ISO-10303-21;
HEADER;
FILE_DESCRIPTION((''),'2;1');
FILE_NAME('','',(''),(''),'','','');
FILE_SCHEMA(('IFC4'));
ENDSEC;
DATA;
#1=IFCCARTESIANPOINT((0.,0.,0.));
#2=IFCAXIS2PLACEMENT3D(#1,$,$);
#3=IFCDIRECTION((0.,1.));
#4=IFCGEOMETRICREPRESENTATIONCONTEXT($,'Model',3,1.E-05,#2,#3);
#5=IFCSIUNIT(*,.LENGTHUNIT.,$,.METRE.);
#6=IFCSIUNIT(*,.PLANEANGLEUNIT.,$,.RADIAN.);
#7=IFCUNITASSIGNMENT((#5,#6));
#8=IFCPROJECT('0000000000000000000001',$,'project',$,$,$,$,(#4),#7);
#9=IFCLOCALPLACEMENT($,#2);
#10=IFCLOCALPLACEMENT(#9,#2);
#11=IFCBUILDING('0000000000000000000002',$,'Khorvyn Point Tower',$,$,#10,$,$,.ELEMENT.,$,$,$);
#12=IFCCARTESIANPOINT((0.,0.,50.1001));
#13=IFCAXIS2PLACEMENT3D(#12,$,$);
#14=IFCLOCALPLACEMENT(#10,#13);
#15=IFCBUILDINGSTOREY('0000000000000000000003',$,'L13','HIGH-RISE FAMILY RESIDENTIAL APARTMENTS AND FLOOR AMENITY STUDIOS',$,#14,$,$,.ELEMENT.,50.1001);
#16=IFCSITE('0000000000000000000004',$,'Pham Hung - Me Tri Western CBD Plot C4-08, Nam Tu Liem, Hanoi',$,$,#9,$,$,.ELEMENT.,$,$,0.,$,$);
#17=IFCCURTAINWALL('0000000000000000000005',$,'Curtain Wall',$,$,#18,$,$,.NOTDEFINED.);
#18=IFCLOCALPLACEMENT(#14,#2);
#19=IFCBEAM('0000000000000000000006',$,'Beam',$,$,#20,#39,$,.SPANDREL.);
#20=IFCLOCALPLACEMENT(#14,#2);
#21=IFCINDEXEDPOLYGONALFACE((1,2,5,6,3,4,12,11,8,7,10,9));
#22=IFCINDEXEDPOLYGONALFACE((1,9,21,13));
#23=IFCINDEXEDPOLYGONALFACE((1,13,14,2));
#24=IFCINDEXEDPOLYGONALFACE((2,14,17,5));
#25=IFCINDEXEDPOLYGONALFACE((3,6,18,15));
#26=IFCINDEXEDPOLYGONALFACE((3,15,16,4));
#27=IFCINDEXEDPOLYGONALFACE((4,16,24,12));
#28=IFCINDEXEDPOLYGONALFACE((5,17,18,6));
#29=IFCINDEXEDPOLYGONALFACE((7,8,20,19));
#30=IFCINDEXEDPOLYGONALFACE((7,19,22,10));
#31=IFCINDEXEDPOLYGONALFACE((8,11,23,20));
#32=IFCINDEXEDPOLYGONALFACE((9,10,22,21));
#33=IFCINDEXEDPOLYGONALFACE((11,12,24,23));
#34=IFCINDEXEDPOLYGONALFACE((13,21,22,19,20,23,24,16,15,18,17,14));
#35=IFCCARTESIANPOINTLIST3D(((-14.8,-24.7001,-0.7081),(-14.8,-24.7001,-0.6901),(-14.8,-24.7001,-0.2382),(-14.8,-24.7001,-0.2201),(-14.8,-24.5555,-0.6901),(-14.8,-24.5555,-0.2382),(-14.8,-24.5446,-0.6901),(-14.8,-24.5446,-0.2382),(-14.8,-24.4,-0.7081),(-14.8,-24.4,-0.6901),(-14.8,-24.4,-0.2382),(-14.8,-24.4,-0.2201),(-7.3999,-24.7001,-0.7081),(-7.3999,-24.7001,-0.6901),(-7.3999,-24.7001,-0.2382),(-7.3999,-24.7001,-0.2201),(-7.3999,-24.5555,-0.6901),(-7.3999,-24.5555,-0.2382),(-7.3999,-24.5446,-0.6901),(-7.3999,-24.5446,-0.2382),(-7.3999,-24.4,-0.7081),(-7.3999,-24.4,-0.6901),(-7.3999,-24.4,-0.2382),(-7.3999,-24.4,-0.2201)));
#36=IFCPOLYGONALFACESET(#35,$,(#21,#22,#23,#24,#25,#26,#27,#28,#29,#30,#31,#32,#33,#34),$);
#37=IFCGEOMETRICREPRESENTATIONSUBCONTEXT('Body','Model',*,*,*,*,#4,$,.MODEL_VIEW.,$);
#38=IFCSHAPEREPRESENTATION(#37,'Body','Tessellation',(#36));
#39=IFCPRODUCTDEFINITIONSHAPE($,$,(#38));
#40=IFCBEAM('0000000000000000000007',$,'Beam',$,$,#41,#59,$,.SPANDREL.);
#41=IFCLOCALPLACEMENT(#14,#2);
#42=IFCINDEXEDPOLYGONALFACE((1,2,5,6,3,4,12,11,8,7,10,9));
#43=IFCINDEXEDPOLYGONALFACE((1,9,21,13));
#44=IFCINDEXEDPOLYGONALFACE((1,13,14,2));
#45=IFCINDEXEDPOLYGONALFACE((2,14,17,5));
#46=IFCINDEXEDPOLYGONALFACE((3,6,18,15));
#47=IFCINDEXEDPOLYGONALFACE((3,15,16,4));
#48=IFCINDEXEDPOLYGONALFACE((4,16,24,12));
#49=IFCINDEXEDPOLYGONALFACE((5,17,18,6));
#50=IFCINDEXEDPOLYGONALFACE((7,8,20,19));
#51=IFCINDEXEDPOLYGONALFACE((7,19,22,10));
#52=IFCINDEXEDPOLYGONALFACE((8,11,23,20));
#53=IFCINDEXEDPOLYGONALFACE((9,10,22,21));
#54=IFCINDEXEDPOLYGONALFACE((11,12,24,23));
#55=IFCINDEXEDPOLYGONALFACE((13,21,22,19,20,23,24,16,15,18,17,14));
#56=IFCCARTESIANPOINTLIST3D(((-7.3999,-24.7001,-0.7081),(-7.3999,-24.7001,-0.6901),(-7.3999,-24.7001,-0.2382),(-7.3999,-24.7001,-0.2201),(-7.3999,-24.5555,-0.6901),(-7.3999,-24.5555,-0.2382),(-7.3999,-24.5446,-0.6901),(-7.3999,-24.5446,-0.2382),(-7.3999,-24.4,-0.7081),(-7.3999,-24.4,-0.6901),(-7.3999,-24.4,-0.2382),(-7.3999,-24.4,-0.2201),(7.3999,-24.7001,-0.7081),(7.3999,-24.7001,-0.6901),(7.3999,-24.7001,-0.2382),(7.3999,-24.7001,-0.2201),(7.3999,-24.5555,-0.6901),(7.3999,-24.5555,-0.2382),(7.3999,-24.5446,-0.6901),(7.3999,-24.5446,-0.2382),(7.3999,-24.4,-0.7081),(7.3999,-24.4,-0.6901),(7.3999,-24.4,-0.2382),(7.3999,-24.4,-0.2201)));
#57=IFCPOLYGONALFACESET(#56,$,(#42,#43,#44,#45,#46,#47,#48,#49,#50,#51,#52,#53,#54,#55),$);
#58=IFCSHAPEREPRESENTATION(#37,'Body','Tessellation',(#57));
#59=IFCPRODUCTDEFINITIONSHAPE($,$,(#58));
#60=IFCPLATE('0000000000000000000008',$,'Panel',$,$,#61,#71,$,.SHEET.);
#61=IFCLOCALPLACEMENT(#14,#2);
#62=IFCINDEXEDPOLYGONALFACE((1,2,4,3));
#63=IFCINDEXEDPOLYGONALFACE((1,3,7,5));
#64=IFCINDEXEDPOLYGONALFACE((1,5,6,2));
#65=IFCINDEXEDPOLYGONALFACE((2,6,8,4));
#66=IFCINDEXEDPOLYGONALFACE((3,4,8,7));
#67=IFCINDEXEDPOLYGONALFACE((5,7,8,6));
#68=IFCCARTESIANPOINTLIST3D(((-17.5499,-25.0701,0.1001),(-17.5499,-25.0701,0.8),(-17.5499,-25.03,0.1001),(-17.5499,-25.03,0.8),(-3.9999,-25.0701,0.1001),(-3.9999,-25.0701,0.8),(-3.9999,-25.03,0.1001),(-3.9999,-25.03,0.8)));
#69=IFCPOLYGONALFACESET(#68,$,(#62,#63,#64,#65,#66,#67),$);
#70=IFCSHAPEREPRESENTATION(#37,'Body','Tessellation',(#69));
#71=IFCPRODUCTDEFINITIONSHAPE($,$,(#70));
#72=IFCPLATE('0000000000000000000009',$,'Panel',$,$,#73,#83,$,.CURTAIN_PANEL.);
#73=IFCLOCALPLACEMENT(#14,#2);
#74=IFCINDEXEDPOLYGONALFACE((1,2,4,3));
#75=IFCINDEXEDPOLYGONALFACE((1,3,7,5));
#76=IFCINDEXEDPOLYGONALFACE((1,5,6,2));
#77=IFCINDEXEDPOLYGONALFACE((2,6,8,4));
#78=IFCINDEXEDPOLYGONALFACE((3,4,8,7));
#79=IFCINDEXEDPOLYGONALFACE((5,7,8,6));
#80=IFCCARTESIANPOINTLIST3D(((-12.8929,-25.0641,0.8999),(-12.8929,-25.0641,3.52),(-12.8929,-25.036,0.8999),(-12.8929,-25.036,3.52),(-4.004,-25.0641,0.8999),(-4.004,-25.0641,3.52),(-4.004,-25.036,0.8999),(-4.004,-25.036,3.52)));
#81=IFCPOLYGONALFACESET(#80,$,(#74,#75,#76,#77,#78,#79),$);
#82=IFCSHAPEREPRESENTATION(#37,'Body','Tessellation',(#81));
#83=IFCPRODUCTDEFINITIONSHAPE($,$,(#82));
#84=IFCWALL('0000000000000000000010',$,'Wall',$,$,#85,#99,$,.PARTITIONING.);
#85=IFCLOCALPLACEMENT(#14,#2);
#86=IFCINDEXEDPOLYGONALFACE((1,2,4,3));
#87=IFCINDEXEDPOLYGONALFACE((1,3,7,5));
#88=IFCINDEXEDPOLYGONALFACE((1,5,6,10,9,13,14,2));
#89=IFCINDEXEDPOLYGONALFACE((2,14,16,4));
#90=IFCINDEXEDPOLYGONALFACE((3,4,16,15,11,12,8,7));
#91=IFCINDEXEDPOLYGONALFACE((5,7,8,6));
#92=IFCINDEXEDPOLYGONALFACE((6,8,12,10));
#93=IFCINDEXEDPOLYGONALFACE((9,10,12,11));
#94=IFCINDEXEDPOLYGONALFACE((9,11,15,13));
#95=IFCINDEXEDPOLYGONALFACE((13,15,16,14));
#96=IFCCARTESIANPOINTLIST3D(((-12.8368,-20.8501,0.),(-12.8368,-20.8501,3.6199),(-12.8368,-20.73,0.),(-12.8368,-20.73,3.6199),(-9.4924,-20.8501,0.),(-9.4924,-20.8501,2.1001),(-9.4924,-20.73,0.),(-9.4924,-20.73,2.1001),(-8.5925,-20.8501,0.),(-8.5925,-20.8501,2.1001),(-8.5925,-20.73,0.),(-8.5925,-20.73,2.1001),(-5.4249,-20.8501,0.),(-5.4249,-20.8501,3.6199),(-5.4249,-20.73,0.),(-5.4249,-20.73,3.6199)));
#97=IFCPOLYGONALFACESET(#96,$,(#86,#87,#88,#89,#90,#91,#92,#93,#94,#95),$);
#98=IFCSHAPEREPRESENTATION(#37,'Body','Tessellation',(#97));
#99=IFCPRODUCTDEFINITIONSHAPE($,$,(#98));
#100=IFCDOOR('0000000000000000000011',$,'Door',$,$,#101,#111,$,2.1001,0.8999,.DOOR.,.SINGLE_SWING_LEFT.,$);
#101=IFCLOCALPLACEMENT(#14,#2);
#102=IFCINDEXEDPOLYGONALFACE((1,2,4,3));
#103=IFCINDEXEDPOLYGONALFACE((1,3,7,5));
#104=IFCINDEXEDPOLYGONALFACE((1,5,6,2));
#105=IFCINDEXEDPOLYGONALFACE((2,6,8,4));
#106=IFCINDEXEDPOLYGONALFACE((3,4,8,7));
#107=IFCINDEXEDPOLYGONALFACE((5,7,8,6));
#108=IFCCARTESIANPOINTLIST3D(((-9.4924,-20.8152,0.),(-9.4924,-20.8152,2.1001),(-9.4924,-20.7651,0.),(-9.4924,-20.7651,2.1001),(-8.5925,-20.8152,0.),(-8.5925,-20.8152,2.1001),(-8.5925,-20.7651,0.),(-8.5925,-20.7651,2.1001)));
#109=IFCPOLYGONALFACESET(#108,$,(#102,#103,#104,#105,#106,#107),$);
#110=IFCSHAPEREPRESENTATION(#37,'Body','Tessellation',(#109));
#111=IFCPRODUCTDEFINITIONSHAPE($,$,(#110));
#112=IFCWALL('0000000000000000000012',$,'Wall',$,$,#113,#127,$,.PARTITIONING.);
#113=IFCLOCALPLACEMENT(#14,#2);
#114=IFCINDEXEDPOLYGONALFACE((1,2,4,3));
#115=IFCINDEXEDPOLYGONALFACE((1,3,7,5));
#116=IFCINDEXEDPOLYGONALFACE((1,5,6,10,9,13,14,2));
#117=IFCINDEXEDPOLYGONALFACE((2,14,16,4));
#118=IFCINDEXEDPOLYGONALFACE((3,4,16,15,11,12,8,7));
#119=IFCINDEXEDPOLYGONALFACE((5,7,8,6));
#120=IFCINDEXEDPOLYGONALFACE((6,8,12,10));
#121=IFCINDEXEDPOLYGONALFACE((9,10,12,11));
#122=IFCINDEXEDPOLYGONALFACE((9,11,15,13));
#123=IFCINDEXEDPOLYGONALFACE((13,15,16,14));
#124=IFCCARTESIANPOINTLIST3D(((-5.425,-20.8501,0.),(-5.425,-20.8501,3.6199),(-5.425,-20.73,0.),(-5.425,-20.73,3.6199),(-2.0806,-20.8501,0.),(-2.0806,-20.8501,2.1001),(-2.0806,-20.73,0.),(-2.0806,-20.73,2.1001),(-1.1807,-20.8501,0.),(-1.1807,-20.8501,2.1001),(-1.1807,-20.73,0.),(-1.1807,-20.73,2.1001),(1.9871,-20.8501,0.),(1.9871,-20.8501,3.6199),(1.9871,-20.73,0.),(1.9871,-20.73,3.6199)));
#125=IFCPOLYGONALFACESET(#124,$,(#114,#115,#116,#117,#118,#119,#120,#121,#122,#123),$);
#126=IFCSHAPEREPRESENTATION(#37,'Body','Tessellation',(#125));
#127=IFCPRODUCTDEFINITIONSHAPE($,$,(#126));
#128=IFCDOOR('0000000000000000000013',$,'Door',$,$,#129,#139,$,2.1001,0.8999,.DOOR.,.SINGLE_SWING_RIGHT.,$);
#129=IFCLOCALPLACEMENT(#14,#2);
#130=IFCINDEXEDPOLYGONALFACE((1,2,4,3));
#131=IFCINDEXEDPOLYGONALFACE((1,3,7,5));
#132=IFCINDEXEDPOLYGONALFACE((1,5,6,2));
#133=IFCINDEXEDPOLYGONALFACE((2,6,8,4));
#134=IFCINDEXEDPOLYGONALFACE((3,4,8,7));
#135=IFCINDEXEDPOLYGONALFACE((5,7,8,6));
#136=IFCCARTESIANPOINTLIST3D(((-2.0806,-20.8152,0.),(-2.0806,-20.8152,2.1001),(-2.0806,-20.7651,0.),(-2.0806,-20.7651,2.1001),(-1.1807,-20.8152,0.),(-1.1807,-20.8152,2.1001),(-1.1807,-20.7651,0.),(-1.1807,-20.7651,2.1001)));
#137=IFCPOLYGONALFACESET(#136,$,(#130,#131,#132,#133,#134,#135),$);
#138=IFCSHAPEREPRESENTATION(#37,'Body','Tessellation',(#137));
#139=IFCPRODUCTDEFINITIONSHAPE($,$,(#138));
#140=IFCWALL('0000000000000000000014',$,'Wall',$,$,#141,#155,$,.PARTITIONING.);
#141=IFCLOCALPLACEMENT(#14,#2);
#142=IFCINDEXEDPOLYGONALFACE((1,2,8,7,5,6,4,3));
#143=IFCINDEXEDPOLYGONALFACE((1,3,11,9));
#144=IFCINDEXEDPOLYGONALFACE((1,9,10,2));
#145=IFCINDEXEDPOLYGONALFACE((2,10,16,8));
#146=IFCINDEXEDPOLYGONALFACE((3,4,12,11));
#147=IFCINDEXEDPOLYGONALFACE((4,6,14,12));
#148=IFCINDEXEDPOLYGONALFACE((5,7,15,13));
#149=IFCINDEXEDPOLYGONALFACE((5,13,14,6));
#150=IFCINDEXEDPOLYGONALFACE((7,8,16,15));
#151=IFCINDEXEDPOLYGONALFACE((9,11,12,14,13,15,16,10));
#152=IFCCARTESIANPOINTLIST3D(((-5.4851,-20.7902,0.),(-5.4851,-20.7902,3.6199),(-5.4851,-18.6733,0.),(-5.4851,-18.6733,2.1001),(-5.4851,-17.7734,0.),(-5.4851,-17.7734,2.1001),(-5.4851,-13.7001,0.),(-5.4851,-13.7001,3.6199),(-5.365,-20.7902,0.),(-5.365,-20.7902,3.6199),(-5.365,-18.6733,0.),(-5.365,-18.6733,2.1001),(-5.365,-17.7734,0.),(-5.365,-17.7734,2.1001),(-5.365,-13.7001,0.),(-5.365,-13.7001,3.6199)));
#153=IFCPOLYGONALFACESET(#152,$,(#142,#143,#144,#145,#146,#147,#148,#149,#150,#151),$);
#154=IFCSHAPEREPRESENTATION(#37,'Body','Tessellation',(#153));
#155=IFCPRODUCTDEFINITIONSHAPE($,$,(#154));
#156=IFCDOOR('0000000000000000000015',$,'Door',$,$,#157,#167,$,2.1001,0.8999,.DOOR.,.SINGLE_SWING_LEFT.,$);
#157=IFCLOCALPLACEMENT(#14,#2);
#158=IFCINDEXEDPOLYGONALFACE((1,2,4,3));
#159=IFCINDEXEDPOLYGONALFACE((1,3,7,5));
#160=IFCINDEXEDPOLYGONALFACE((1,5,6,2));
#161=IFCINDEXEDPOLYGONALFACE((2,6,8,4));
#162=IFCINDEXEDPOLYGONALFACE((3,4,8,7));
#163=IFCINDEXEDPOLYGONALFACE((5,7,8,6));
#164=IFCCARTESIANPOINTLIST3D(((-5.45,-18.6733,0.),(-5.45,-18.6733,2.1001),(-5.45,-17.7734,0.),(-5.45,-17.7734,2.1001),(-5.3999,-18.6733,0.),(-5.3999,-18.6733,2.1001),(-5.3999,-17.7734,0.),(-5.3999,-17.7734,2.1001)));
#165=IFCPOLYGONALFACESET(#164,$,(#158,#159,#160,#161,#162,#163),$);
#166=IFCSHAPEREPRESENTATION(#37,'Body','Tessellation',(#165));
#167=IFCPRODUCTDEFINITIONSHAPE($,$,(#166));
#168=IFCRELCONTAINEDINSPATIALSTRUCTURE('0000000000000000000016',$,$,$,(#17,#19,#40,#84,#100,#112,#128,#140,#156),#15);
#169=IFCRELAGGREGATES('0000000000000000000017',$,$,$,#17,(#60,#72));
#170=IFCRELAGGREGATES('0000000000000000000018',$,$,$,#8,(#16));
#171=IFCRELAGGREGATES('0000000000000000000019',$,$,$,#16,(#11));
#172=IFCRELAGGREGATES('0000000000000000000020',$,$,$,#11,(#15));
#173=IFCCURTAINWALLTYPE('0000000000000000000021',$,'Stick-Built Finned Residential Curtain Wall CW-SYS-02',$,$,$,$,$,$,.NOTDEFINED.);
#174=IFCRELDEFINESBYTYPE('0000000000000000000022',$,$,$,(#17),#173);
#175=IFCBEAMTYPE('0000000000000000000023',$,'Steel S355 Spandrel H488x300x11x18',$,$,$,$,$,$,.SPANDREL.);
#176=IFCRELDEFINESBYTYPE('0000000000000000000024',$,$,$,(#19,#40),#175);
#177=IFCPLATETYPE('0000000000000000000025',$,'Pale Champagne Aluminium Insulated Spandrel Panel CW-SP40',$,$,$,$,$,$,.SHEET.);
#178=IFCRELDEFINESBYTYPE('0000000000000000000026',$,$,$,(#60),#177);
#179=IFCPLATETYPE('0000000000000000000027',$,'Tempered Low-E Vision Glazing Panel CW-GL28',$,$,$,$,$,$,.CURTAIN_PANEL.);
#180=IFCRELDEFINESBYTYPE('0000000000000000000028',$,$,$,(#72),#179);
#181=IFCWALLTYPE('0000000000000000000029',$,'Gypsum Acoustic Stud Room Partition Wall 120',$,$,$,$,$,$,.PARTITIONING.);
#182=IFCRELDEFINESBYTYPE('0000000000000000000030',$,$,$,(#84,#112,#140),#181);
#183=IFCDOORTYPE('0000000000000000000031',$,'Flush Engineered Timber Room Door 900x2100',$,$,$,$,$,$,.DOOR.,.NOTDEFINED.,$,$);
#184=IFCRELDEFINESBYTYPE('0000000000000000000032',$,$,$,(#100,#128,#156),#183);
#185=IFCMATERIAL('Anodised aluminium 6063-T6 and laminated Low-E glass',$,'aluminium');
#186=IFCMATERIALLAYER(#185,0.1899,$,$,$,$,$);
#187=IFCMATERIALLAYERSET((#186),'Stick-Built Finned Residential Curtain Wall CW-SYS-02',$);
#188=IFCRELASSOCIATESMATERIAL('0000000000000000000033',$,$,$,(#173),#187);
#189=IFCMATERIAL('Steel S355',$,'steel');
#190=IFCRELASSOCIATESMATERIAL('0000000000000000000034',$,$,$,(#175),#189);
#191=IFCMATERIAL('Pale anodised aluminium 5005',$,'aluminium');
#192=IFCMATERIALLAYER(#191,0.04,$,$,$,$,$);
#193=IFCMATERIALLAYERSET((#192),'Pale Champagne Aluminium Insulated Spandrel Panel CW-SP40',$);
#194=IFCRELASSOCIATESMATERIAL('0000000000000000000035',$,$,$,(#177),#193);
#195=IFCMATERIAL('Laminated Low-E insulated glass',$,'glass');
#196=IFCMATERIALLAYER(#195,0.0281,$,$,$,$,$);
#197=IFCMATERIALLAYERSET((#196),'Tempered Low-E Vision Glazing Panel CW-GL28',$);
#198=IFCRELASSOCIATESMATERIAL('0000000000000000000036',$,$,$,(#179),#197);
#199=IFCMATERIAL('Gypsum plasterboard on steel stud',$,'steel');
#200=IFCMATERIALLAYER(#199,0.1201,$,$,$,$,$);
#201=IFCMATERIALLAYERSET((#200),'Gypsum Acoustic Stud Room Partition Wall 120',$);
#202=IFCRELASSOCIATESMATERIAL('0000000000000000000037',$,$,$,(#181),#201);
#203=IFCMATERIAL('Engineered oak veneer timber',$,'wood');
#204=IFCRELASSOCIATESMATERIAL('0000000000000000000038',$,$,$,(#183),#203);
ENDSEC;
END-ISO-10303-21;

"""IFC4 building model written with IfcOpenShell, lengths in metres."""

from ifc_helpers import new_model, si_unit, direction, frame, frame_2d, origin, origin_2d, place, context, subcontext, project, spatial, rectangle, i_section, extrude, material, layer, layer_set, material_profile, profile_set, type_object, element, fill, aggregate, save


model = new_model("IFC4")

# Units and contexts
model_context = context("Model", 3, precision=1e-05, world=origin(), true_north=direction((0.0, 1.0)))
body_context = subcontext(model_context, "Body", "Model", "MODEL_VIEW")
ifc_project = project(units=[si_unit("LENGTHUNIT", "METRE"), si_unit("PLANEANGLEUNIT", "RADIAN")], contexts=[model_context])

# Site, building, storey
site_placement = place(None, origin())
site = spatial("IfcSite", under=ifc_project, at=site_placement, Name="Pham Hung - Me Tri Western CBD Plot C4-08, Nam Tu Liem, Hanoi", CompositionType="ELEMENT", RefElevation=0.0)
building_placement = place(site_placement, origin())
building = spatial("IfcBuilding", under=site, at=building_placement, Name="Khorvyn Point Tower", CompositionType="ELEMENT")
storey_placement = place(building_placement, frame((0.0, 0.0, 50.1001)))
storey = spatial("IfcBuildingStorey", under=building, at=storey_placement, Name="L13", Description="HIGH-RISE FAMILY RESIDENTIAL APARTMENTS AND FLOOR AMENITY STUDIOS", CompositionType="ELEMENT", Elevation=50.1001)

# Curtain wall
ifc_material_1 = material(Name="Anodised aluminium 6063-T6 and laminated Low-E glass", Category="aluminium")
ifc_layer_1 = layer(ifc_material_1, 0.1899)
ifc_layer_set_1 = layer_set([ifc_layer_1], Name="Stick-Built Finned Residential Curtain Wall CW-SYS-02")
curtain_wall_type = type_object("IfcCurtainWallType", Name="Stick-Built Finned Residential Curtain Wall CW-SYS-02", PredefinedType="NOTDEFINED", material=ifc_layer_set_1)
curtain_wall_placement = place(storey_placement, origin())
curtain_wall = element("IfcCurtainWall", 1, at=curtain_wall_placement, inside=storey, type_object=curtain_wall_type, Name="Curtain Wall", PredefinedType="NOTDEFINED")

# Beams
ifc_material_2 = material(Name="Steel S355", Category="steel")
ifc_material_profile_1 = material_profile(ifc_material_2, i_section(OverallWidth=0.3, OverallDepth=0.488, WebThickness=0.011, FlangeThickness=0.0181, at=origin_2d()))
ifc_profile_set_1 = profile_set([ifc_material_profile_1], Name="Steel S355 H488x300x11x18")
beam_type_1 = type_object("IfcBeamType", Name="Steel S355 Spandrel H488x300x11x18", PredefinedType="SPANDREL", material=ifc_profile_set_1)
beam_1_placement = place(storey_placement, frame((-14.8, -24.55, -0.4641), z_axis=(1.0, 0.0, 0.0), x_axis=(0.0, 1.0, 0.0)))
element("IfcBeam", 2, at=beam_1_placement, inside=storey, type_object=beam_type_1, Name="Beam", PredefinedType="SPANDREL", context=body_context, shape_type="SweptSolid", body=[
    extrude(i_section(OverallWidth=0.3, OverallDepth=0.488, WebThickness=0.011, FlangeThickness=0.0181, at=origin_2d()), origin(), (0.0, 0.0, 1.0), 7.4001),
])
beam_2_placement = place(storey_placement, frame((-7.3999, -24.55, -0.4641), z_axis=(1.0, 0.0, 0.0), x_axis=(0.0, 1.0, 0.0)))
element("IfcBeam", 3, at=beam_2_placement, inside=storey, type_object=beam_type_1, Name="Beam", PredefinedType="SPANDREL", context=body_context, shape_type="SweptSolid", body=[
    extrude(i_section(OverallWidth=0.3, OverallDepth=0.488, WebThickness=0.011, FlangeThickness=0.0181, at=origin_2d()), origin(), (0.0, 0.0, 1.0), 14.7998),
])

# Plates
ifc_material_3 = material(Name="Pale anodised aluminium 5005", Category="aluminium")
ifc_layer_2 = layer(ifc_material_3, 0.04)
ifc_layer_set_2 = layer_set([ifc_layer_2], Name="Pale Champagne Aluminium Insulated Spandrel Panel CW-SP40")
plate_type_1 = type_object("IfcPlateType", Name="Pale Champagne Aluminium Insulated Spandrel Panel CW-SP40", PredefinedType="SHEET", material=ifc_layer_set_2)
plate_1_placement = place(storey_placement, frame((-10.7749, -25.05, 0.1001), z_axis=(0.0, 0.0, 1.0), x_axis=(-1.0, 0.0, 0.0)))
plate_1 = element("IfcPlate", 4, at=plate_1_placement, type_object=plate_type_1, Name="Panel", PredefinedType="SHEET", context=body_context, shape_type="SweptSolid", body=[
    extrude(rectangle(XDim=13.55, YDim=0.04, at=origin_2d()), origin(), (0.0, 0.0, 1.0), 0.7),
])
ifc_material_4 = material(Name="Laminated Low-E insulated glass", Category="glass")
ifc_layer_3 = layer(ifc_material_4, 0.0281)
ifc_layer_set_3 = layer_set([ifc_layer_3], Name="Tempered Low-E Vision Glazing Panel CW-GL28")
plate_type_2 = type_object("IfcPlateType", Name="Tempered Low-E Vision Glazing Panel CW-GL28", PredefinedType="CURTAIN_PANEL", material=ifc_layer_set_3)
plate_2_placement = place(storey_placement, frame((-8.4485, -25.05, 0.8999), z_axis=(0.0, 0.0, 1.0), x_axis=(-1.0, 0.0, 0.0)))
plate_2 = element("IfcPlate", 5, at=plate_2_placement, type_object=plate_type_2, Name="Panel", PredefinedType="CURTAIN_PANEL", context=body_context, shape_type="SweptSolid", body=[
    extrude(rectangle(XDim=8.8889, YDim=0.0281, at=origin_2d()), origin(), (0.0, 0.0, 1.0), 2.6201),
])
aggregate(curtain_wall, [plate_1, plate_2])

# Walls, openings, doors
ifc_material_5 = material(Name="Gypsum plasterboard on steel stud", Category="steel")
ifc_layer_4 = layer(ifc_material_5, 0.1201)
ifc_layer_set_4 = layer_set([ifc_layer_4], Name="Gypsum Acoustic Stud Room Partition Wall 120")
wall_type_1 = type_object("IfcWallType", Name="Gypsum Acoustic Stud Room Partition Wall 120", PredefinedType="PARTITIONING", material=ifc_layer_set_4)
wall_1_placement = place(storey_placement, frame((-12.8369, -20.79, 0.0), z_axis=(0.0, 0.0, 1.0), x_axis=(1.0, 0.0, 0.0)))
wall_1 = element("IfcWall", 6, at=wall_1_placement, inside=storey, type_object=wall_type_1, Name="Wall", PredefinedType="PARTITIONING", context=body_context, shape_type="SweptSolid", body=[
    extrude(rectangle(XDim=7.4119, YDim=0.1201, at=frame_2d((3.7061, 0.0))), origin(), (0.0, 0.0, 1.0), 3.6199),
])
opening_1_placement = place(wall_1_placement, frame((3.3445, 0.0, 0.0)))
opening_1 = element("IfcOpeningElement", 7, at=opening_1_placement, cuts=wall_1, PredefinedType="OPENING", context=body_context, shape_type="SweptSolid", body=[
    extrude(rectangle(XDim=0.8999, YDim=2.1001, at=frame_2d((0.45, 1.05))), frame((0.0, 0.0701, 0.0), z_axis=(0.0, -1.0, 0.0), x_axis=(1.0, 0.0, 0.0)), (0.0, 0.0, 1.0), 0.1401),
])
ifc_material_6 = material(Name="Engineered oak veneer timber", Category="wood")
door_type_1 = type_object("IfcDoorType", Name="Flush Engineered Timber Room Door 900x2100", OperationType="NOTDEFINED", PredefinedType="DOOR", material=ifc_material_6)
door_1_placement = place(opening_1_placement, origin())
door_1 = element("IfcDoor", 8, at=door_1_placement, inside=storey, type_object=door_type_1, Name="Door", OperationType="SINGLE_SWING_LEFT", OverallHeight=2.1001, OverallWidth=0.8999, PredefinedType="DOOR", context=body_context, shape_type="SweptSolid", body=[
    extrude(rectangle(XDim=0.8999, YDim=2.1001, at=frame_2d((0.45, 1.05))), frame((0.0, 0.0249, 0.0), z_axis=(0.0, -1.0, 0.0), x_axis=(1.0, 0.0, 0.0)), (0.0, 0.0, 1.0), 0.05),
])
fill(opening_1, door_1)
wall_2_placement = place(storey_placement, frame((-5.425, -20.79, 0.0), z_axis=(0.0, 0.0, 1.0), x_axis=(1.0, 0.0, 0.0)))
wall_2 = element("IfcWall", 9, at=wall_2_placement, inside=storey, type_object=wall_type_1, Name="Wall", PredefinedType="PARTITIONING", context=body_context, shape_type="SweptSolid", body=[
    extrude(rectangle(XDim=7.4121, YDim=0.1201, at=frame_2d((3.7061, 0.0))), origin(), (0.0, 0.0, 1.0), 3.6199),
])
opening_2_placement = place(wall_2_placement, frame((3.3445, 0.0, 0.0)))
opening_2 = element("IfcOpeningElement", 10, at=opening_2_placement, cuts=wall_2, PredefinedType="OPENING", context=body_context, shape_type="SweptSolid", body=[
    extrude(rectangle(XDim=0.8999, YDim=2.1001, at=frame_2d((0.45, 1.05))), frame((0.0, 0.0701, 0.0), z_axis=(0.0, -1.0, 0.0), x_axis=(1.0, 0.0, 0.0)), (0.0, 0.0, 1.0), 0.1401),
])
door_2_placement = place(opening_2_placement, origin())
door_2 = element("IfcDoor", 11, at=door_2_placement, inside=storey, type_object=door_type_1, Name="Door", OperationType="SINGLE_SWING_RIGHT", OverallHeight=2.1001, OverallWidth=0.8999, PredefinedType="DOOR", context=body_context, shape_type="SweptSolid", body=[
    extrude(rectangle(XDim=0.8999, YDim=2.1001, at=frame_2d((0.45, 1.05))), frame((0.0, 0.0249, 0.0), z_axis=(0.0, -1.0, 0.0), x_axis=(1.0, 0.0, 0.0)), (0.0, 0.0, 1.0), 0.05),
])
fill(opening_2, door_2)
wall_3_placement = place(storey_placement, frame((-5.425, -20.79, 0.0), z_axis=(0.0, 0.0, 1.0), x_axis=(0.0, 1.0, 0.0)))
wall_3 = element("IfcWall", 12, at=wall_3_placement, inside=storey, type_object=wall_type_1, Name="Wall", PredefinedType="PARTITIONING", context=body_context, shape_type="SweptSolid", body=[
    extrude(rectangle(XDim=7.0901, YDim=0.1201, at=frame_2d((3.5449, 0.0))), origin(), (0.0, 0.0, 1.0), 3.6199),
])
opening_3_placement = place(wall_3_placement, frame((2.1167, 0.0, 0.0)))
opening_3 = element("IfcOpeningElement", 13, at=opening_3_placement, cuts=wall_3, PredefinedType="OPENING", context=body_context, shape_type="SweptSolid", body=[
    extrude(rectangle(XDim=0.8999, YDim=2.1001, at=frame_2d((0.45, 1.05))), frame((0.0, 0.0701, 0.0), z_axis=(0.0, -1.0, 0.0), x_axis=(1.0, 0.0, 0.0)), (0.0, 0.0, 1.0), 0.1401),
])
door_3_placement = place(opening_3_placement, origin())
door_3 = element("IfcDoor", 14, at=door_3_placement, inside=storey, type_object=door_type_1, Name="Door", OperationType="SINGLE_SWING_LEFT", OverallHeight=2.1001, OverallWidth=0.8999, PredefinedType="DOOR", context=body_context, shape_type="SweptSolid", body=[
    extrude(rectangle(XDim=0.8999, YDim=2.1001, at=frame_2d((0.45, 1.05))), frame((0.0, 0.0249, 0.0), z_axis=(0.0, -1.0, 0.0), x_axis=(1.0, 0.0, 0.0)), (0.0, 0.0, 1.0), 0.05),
])
fill(opening_3, door_3)

save(model, "model.ifc")
